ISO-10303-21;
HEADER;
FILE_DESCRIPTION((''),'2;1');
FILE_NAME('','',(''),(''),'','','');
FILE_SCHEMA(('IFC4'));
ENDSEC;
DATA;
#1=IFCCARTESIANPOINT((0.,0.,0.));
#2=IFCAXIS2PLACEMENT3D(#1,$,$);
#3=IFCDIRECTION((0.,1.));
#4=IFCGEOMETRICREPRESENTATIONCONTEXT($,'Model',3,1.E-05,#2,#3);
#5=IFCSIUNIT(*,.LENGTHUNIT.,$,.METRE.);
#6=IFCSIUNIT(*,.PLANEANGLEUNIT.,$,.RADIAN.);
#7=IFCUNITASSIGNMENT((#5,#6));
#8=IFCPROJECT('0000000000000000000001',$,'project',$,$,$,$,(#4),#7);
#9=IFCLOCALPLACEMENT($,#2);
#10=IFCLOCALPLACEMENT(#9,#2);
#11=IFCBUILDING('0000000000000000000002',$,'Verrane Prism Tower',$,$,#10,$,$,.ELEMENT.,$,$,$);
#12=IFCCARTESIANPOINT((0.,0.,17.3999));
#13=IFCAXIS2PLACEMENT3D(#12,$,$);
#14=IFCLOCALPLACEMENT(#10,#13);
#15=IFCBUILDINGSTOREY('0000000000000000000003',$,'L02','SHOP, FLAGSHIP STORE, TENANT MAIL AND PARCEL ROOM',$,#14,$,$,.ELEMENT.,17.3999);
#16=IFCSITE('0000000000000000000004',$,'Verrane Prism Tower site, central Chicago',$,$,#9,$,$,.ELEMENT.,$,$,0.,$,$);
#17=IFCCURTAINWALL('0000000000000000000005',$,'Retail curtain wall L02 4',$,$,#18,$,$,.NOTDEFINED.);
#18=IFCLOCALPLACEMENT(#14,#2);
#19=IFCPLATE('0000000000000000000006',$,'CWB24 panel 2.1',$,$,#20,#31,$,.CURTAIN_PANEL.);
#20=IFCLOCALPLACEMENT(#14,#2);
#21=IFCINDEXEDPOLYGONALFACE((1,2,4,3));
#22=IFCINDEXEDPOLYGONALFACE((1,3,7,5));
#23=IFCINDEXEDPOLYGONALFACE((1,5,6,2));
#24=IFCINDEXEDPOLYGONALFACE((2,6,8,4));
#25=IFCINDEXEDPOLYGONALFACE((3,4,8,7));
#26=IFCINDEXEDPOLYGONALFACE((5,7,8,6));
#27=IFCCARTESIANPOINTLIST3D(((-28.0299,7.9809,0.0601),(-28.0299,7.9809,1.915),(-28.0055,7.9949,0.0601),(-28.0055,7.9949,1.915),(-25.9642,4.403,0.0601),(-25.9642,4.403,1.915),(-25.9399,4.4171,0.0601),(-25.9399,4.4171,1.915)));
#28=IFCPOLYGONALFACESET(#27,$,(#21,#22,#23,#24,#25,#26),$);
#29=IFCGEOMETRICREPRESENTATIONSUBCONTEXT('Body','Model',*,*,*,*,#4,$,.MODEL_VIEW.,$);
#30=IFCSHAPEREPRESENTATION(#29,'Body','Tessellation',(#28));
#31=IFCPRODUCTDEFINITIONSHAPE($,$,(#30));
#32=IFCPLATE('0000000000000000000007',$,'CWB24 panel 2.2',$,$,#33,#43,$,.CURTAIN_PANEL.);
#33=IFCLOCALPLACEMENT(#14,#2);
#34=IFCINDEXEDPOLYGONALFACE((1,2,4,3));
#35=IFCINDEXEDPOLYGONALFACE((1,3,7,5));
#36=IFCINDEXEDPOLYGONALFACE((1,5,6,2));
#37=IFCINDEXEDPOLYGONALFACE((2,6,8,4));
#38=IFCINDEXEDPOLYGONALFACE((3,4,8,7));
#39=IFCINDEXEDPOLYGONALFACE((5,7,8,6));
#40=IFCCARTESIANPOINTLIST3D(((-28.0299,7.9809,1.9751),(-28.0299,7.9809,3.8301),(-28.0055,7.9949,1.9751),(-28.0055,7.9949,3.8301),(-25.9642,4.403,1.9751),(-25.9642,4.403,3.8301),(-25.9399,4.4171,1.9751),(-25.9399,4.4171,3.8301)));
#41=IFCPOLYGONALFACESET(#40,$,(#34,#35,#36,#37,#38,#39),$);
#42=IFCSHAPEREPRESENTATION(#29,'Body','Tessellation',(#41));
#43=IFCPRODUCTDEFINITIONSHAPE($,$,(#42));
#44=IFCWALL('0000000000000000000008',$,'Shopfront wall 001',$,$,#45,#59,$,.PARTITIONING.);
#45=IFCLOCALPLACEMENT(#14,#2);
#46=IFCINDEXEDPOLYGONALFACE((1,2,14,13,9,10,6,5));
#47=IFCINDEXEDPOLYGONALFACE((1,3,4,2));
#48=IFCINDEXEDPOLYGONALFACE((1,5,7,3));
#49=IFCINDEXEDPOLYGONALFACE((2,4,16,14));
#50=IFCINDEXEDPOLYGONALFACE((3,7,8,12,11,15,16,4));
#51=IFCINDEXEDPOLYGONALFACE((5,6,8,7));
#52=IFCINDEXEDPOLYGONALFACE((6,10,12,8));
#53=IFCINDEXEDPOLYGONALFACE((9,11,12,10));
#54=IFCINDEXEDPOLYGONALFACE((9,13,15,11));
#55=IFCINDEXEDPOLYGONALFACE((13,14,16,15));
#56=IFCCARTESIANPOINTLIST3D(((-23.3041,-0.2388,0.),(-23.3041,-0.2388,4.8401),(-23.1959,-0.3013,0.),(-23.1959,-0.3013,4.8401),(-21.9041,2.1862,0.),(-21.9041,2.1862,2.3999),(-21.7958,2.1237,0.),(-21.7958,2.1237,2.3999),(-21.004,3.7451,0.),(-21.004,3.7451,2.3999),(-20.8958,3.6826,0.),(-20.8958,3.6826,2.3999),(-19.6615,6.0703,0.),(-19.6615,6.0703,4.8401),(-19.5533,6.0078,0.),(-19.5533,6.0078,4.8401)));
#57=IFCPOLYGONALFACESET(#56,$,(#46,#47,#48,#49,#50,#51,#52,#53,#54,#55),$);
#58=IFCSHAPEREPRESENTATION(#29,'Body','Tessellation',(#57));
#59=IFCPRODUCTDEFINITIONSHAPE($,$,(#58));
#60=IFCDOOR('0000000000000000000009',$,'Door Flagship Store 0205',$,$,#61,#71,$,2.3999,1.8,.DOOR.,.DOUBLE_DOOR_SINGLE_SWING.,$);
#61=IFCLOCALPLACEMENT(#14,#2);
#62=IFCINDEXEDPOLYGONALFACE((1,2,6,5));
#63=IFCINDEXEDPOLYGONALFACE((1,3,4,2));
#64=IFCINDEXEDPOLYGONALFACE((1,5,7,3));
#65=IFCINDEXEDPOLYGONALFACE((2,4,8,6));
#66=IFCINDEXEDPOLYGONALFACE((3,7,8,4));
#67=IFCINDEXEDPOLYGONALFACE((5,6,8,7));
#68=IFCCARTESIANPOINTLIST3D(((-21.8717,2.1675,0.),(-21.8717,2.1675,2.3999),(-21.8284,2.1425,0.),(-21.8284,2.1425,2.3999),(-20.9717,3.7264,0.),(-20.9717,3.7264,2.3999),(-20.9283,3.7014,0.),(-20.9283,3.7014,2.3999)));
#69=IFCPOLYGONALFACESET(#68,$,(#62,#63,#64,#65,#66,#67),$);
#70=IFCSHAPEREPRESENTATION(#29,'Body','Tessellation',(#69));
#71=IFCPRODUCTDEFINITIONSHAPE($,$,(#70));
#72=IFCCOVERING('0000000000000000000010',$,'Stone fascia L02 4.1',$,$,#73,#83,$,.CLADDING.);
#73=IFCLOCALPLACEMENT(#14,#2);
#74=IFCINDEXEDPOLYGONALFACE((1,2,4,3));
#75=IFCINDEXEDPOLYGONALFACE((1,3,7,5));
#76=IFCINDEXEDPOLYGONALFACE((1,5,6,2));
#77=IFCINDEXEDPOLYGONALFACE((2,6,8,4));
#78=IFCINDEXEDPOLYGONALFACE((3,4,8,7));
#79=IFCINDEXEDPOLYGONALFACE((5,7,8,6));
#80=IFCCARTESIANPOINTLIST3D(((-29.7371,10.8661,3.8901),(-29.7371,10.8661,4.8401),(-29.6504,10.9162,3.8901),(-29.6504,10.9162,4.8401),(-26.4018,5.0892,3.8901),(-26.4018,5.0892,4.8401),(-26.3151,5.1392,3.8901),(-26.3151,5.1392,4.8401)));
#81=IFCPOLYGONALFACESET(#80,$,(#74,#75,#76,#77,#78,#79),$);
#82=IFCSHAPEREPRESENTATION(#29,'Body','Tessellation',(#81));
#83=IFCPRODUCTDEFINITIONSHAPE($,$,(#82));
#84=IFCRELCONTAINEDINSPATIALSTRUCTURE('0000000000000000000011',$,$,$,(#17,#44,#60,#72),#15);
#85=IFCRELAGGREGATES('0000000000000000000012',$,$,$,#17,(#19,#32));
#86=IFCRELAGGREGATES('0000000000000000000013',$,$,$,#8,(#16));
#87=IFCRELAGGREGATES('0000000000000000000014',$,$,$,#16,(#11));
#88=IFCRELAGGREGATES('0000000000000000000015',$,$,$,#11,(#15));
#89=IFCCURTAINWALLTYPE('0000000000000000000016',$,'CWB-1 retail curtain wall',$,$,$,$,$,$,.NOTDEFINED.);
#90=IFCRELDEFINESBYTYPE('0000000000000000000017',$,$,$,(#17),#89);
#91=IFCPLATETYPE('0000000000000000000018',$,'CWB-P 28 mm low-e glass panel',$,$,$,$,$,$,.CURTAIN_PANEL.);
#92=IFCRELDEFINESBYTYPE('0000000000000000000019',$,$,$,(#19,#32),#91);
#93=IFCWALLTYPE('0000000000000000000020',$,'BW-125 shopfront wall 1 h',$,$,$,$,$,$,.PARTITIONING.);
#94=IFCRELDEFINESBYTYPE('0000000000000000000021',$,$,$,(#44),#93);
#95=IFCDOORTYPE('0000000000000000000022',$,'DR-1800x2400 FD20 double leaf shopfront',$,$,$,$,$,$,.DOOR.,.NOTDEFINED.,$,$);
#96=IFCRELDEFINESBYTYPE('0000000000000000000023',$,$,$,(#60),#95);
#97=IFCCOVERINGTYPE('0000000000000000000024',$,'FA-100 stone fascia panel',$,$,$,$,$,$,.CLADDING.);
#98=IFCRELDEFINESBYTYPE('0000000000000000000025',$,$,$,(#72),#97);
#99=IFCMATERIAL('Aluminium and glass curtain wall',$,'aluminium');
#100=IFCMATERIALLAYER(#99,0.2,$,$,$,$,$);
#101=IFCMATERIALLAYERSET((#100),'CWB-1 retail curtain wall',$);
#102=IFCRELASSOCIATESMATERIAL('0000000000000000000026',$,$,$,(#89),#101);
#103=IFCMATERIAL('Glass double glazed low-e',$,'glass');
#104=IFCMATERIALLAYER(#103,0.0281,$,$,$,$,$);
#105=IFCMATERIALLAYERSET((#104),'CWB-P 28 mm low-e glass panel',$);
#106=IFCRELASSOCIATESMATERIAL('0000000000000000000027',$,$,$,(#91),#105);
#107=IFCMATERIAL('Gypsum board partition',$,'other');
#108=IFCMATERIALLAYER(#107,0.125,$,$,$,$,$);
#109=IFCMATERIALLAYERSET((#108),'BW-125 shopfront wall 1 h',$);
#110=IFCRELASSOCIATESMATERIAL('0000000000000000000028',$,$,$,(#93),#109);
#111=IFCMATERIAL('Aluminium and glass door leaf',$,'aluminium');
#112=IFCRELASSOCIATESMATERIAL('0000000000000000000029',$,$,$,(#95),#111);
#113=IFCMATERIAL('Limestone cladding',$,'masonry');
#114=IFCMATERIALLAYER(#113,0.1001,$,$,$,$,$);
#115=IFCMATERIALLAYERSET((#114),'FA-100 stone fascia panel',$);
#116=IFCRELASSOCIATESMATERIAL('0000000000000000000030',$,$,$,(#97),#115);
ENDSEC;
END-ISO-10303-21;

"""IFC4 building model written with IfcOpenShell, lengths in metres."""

from ifc_helpers import new_model, si_unit, direction, frame, frame_2d, origin, origin_2d, place, context, subcontext, project, spatial, rectangle, extrude, material, layer, layer_set, type_object, element, fill, aggregate, save


model = new_model("IFC4")

# Units and contexts
model_context = context("Model", 3, precision=1e-05, world=origin(), true_north=direction((0.0, 1.0)))
body_context = subcontext(model_context, "Body", "Model", "MODEL_VIEW")
ifc_project = project(units=[si_unit("LENGTHUNIT", "METRE"), si_unit("PLANEANGLEUNIT", "RADIAN")], contexts=[model_context])

# Site, building, storey
site_placement = place(None, origin())
site = spatial("IfcSite", under=ifc_project, at=site_placement, Name="Verrane Prism Tower site, central Chicago", CompositionType="ELEMENT", RefElevation=0.0)
building_placement = place(site_placement, origin())
building = spatial("IfcBuilding", under=site, at=building_placement, Name="Verrane Prism Tower", CompositionType="ELEMENT")
storey_placement = place(building_placement, frame((0.0, 0.0, 17.3999)))
storey = spatial("IfcBuildingStorey", under=building, at=storey_placement, Name="L02", Description="SHOP, FLAGSHIP STORE, TENANT MAIL AND PARCEL ROOM", CompositionType="ELEMENT", Elevation=17.3999)

# Shared definitions
ifc_material_1 = material(Name="Aluminium and glass curtain wall", Category="aluminium")
ifc_layer_1 = layer(ifc_material_1, 0.2)
ifc_layer_set_1 = layer_set([ifc_layer_1], Name="CWB-1 retail curtain wall")
curtain_wall_type = type_object("IfcCurtainWallType", Name="CWB-1 retail curtain wall", PredefinedType="NOTDEFINED", material=ifc_layer_set_1)

# Curtain wall
curtain_wall_1_placement = place(storey_placement, origin())
curtain_wall_1 = element("IfcCurtainWall", 1, at=curtain_wall_1_placement, inside=storey, type_object=curtain_wall_type, Name="Retail curtain wall L02 4", PredefinedType="NOTDEFINED")

# Plates
ifc_material_2 = material(Name="Glass double glazed low-e", Category="glass")
ifc_layer_2 = layer(ifc_material_2, 0.0281)
ifc_layer_set_2 = layer_set([ifc_layer_2], Name="CWB-P 28 mm low-e glass panel")
plate_type = type_object("IfcPlateType", Name="CWB-P 28 mm low-e glass panel", PredefinedType="CURTAIN_PANEL", material=ifc_layer_set_2)
plate_1_placement = place(storey_placement, frame((-26.9849, 6.199, 0.0601), z_axis=(0.0, 0.0, 1.0), x_axis=(0.5, -0.866025, 0.0)))
plate_1 = element("IfcPlate", 2, at=plate_1_placement, type_object=plate_type, Name="CWB24 panel 2.1", PredefinedType="CURTAIN_PANEL", context=body_context, shape_type="SweptSolid", body=[
    extrude(rectangle(XDim=4.1313, YDim=0.0281, at=origin_2d()), origin(), (0.0, 0.0, 1.0), 1.855),
])
plate_2_placement = place(storey_placement, frame((-26.9849, 6.199, 1.9751), z_axis=(0.0, 0.0, 1.0), x_axis=(0.5, -0.866025, 0.0)))
plate_2 = element("IfcPlate", 3, at=plate_2_placement, type_object=plate_type, Name="CWB24 panel 2.2", PredefinedType="CURTAIN_PANEL", context=body_context, shape_type="SweptSolid", body=[
    extrude(rectangle(XDim=4.1313, YDim=0.0281, at=origin_2d()), origin(), (0.0, 0.0, 1.0), 1.855),
])
aggregate(curtain_wall_1, [plate_1, plate_2])

# Wall, opening, door
ifc_material_3 = material(Name="Gypsum board partition", Category="other")
ifc_layer_3 = layer(ifc_material_3, 0.125)
ifc_layer_set_3 = layer_set([ifc_layer_3], Name="BW-125 shopfront wall 1 h")
wall_type = type_object("IfcWallType", Name="BW-125 shopfront wall 1 h", PredefinedType="PARTITIONING", material=ifc_layer_set_3)
wall_placement = place(storey_placement, frame((-19.6074, 6.0391, 0.0), z_axis=(0.0, 0.0, 1.0), x_axis=(-0.500003, -0.866024, 0.0)))
wall = element("IfcWall", 4, at=wall_placement, inside=storey, type_object=wall_type, Name="Shopfront wall 001", PredefinedType="PARTITIONING", context=body_context, shape_type="SweptSolid", body=[
    extrude(rectangle(XDim=7.2852, YDim=0.125, at=frame_2d((3.6426, 0.0))), origin(), (0.0, 0.0, 1.0), 4.8401),
])
opening_placement = place(wall_placement, frame((2.6851, 0.0, 0.0)))
opening = element("IfcOpeningElement", 5, at=opening_placement, cuts=wall, PredefinedType="OPENING", context=body_context, shape_type="SweptSolid", body=[
    extrude(rectangle(XDim=1.8, YDim=2.3999, at=frame_2d((0.8999, 1.2))), frame((0.0, 0.0725, 0.0), z_axis=(0.0, -1.0, 0.0), x_axis=(1.0, 0.0, 0.0)), (0.0, 0.0, 1.0), 0.145),
])
ifc_material_4 = material(Name="Aluminium and glass door leaf", Category="aluminium")
door_type = type_object("IfcDoorType", Name="DR-1800x2400 FD20 double leaf shopfront", OperationType="NOTDEFINED", PredefinedType="DOOR", material=ifc_material_4)
door_placement = place(opening_placement, origin())
door = element("IfcDoor", 6, at=door_placement, inside=storey, type_object=door_type, Name="Door Flagship Store 0205", OperationType="DOUBLE_DOOR_SINGLE_SWING", OverallHeight=2.3999, OverallWidth=1.8, PredefinedType="DOOR", context=body_context, shape_type="SweptSolid", body=[
    extrude(rectangle(XDim=1.8, YDim=2.3999, at=frame_2d((0.8999, 1.2))), frame((0.0, 0.0249, 0.0), z_axis=(0.0, -1.0, 0.0), x_axis=(1.0, 0.0, 0.0)), (0.0, 0.0, 1.0), 0.05),
])
fill(opening, door)

# Covering
ifc_material_5 = material(Name="Limestone cladding", Category="masonry")
ifc_layer_4 = layer(ifc_material_5, 0.1001)
ifc_layer_set_4 = layer_set([ifc_layer_4], Name="FA-100 stone fascia panel")
covering_type = type_object("IfcCoveringType", Name="FA-100 stone fascia panel", PredefinedType="CLADDING", material=ifc_layer_set_4)
covering_placement = place(storey_placement, frame((-28.0261, 8.0027, 3.8901), z_axis=(0.0, 0.0, 1.0), x_axis=(0.5, -0.866025, 0.0)))
element("IfcCovering", 7, at=covering_placement, inside=storey, type_object=covering_type, Name="Stone fascia L02 4.1", PredefinedType="CLADDING", context=body_context, shape_type="SweptSolid", body=[
    extrude(rectangle(XDim=6.6707, YDim=0.1001, at=origin_2d()), origin(), (0.0, 0.0, 1.0), 0.95),
])

save(model, "model.ifc")
